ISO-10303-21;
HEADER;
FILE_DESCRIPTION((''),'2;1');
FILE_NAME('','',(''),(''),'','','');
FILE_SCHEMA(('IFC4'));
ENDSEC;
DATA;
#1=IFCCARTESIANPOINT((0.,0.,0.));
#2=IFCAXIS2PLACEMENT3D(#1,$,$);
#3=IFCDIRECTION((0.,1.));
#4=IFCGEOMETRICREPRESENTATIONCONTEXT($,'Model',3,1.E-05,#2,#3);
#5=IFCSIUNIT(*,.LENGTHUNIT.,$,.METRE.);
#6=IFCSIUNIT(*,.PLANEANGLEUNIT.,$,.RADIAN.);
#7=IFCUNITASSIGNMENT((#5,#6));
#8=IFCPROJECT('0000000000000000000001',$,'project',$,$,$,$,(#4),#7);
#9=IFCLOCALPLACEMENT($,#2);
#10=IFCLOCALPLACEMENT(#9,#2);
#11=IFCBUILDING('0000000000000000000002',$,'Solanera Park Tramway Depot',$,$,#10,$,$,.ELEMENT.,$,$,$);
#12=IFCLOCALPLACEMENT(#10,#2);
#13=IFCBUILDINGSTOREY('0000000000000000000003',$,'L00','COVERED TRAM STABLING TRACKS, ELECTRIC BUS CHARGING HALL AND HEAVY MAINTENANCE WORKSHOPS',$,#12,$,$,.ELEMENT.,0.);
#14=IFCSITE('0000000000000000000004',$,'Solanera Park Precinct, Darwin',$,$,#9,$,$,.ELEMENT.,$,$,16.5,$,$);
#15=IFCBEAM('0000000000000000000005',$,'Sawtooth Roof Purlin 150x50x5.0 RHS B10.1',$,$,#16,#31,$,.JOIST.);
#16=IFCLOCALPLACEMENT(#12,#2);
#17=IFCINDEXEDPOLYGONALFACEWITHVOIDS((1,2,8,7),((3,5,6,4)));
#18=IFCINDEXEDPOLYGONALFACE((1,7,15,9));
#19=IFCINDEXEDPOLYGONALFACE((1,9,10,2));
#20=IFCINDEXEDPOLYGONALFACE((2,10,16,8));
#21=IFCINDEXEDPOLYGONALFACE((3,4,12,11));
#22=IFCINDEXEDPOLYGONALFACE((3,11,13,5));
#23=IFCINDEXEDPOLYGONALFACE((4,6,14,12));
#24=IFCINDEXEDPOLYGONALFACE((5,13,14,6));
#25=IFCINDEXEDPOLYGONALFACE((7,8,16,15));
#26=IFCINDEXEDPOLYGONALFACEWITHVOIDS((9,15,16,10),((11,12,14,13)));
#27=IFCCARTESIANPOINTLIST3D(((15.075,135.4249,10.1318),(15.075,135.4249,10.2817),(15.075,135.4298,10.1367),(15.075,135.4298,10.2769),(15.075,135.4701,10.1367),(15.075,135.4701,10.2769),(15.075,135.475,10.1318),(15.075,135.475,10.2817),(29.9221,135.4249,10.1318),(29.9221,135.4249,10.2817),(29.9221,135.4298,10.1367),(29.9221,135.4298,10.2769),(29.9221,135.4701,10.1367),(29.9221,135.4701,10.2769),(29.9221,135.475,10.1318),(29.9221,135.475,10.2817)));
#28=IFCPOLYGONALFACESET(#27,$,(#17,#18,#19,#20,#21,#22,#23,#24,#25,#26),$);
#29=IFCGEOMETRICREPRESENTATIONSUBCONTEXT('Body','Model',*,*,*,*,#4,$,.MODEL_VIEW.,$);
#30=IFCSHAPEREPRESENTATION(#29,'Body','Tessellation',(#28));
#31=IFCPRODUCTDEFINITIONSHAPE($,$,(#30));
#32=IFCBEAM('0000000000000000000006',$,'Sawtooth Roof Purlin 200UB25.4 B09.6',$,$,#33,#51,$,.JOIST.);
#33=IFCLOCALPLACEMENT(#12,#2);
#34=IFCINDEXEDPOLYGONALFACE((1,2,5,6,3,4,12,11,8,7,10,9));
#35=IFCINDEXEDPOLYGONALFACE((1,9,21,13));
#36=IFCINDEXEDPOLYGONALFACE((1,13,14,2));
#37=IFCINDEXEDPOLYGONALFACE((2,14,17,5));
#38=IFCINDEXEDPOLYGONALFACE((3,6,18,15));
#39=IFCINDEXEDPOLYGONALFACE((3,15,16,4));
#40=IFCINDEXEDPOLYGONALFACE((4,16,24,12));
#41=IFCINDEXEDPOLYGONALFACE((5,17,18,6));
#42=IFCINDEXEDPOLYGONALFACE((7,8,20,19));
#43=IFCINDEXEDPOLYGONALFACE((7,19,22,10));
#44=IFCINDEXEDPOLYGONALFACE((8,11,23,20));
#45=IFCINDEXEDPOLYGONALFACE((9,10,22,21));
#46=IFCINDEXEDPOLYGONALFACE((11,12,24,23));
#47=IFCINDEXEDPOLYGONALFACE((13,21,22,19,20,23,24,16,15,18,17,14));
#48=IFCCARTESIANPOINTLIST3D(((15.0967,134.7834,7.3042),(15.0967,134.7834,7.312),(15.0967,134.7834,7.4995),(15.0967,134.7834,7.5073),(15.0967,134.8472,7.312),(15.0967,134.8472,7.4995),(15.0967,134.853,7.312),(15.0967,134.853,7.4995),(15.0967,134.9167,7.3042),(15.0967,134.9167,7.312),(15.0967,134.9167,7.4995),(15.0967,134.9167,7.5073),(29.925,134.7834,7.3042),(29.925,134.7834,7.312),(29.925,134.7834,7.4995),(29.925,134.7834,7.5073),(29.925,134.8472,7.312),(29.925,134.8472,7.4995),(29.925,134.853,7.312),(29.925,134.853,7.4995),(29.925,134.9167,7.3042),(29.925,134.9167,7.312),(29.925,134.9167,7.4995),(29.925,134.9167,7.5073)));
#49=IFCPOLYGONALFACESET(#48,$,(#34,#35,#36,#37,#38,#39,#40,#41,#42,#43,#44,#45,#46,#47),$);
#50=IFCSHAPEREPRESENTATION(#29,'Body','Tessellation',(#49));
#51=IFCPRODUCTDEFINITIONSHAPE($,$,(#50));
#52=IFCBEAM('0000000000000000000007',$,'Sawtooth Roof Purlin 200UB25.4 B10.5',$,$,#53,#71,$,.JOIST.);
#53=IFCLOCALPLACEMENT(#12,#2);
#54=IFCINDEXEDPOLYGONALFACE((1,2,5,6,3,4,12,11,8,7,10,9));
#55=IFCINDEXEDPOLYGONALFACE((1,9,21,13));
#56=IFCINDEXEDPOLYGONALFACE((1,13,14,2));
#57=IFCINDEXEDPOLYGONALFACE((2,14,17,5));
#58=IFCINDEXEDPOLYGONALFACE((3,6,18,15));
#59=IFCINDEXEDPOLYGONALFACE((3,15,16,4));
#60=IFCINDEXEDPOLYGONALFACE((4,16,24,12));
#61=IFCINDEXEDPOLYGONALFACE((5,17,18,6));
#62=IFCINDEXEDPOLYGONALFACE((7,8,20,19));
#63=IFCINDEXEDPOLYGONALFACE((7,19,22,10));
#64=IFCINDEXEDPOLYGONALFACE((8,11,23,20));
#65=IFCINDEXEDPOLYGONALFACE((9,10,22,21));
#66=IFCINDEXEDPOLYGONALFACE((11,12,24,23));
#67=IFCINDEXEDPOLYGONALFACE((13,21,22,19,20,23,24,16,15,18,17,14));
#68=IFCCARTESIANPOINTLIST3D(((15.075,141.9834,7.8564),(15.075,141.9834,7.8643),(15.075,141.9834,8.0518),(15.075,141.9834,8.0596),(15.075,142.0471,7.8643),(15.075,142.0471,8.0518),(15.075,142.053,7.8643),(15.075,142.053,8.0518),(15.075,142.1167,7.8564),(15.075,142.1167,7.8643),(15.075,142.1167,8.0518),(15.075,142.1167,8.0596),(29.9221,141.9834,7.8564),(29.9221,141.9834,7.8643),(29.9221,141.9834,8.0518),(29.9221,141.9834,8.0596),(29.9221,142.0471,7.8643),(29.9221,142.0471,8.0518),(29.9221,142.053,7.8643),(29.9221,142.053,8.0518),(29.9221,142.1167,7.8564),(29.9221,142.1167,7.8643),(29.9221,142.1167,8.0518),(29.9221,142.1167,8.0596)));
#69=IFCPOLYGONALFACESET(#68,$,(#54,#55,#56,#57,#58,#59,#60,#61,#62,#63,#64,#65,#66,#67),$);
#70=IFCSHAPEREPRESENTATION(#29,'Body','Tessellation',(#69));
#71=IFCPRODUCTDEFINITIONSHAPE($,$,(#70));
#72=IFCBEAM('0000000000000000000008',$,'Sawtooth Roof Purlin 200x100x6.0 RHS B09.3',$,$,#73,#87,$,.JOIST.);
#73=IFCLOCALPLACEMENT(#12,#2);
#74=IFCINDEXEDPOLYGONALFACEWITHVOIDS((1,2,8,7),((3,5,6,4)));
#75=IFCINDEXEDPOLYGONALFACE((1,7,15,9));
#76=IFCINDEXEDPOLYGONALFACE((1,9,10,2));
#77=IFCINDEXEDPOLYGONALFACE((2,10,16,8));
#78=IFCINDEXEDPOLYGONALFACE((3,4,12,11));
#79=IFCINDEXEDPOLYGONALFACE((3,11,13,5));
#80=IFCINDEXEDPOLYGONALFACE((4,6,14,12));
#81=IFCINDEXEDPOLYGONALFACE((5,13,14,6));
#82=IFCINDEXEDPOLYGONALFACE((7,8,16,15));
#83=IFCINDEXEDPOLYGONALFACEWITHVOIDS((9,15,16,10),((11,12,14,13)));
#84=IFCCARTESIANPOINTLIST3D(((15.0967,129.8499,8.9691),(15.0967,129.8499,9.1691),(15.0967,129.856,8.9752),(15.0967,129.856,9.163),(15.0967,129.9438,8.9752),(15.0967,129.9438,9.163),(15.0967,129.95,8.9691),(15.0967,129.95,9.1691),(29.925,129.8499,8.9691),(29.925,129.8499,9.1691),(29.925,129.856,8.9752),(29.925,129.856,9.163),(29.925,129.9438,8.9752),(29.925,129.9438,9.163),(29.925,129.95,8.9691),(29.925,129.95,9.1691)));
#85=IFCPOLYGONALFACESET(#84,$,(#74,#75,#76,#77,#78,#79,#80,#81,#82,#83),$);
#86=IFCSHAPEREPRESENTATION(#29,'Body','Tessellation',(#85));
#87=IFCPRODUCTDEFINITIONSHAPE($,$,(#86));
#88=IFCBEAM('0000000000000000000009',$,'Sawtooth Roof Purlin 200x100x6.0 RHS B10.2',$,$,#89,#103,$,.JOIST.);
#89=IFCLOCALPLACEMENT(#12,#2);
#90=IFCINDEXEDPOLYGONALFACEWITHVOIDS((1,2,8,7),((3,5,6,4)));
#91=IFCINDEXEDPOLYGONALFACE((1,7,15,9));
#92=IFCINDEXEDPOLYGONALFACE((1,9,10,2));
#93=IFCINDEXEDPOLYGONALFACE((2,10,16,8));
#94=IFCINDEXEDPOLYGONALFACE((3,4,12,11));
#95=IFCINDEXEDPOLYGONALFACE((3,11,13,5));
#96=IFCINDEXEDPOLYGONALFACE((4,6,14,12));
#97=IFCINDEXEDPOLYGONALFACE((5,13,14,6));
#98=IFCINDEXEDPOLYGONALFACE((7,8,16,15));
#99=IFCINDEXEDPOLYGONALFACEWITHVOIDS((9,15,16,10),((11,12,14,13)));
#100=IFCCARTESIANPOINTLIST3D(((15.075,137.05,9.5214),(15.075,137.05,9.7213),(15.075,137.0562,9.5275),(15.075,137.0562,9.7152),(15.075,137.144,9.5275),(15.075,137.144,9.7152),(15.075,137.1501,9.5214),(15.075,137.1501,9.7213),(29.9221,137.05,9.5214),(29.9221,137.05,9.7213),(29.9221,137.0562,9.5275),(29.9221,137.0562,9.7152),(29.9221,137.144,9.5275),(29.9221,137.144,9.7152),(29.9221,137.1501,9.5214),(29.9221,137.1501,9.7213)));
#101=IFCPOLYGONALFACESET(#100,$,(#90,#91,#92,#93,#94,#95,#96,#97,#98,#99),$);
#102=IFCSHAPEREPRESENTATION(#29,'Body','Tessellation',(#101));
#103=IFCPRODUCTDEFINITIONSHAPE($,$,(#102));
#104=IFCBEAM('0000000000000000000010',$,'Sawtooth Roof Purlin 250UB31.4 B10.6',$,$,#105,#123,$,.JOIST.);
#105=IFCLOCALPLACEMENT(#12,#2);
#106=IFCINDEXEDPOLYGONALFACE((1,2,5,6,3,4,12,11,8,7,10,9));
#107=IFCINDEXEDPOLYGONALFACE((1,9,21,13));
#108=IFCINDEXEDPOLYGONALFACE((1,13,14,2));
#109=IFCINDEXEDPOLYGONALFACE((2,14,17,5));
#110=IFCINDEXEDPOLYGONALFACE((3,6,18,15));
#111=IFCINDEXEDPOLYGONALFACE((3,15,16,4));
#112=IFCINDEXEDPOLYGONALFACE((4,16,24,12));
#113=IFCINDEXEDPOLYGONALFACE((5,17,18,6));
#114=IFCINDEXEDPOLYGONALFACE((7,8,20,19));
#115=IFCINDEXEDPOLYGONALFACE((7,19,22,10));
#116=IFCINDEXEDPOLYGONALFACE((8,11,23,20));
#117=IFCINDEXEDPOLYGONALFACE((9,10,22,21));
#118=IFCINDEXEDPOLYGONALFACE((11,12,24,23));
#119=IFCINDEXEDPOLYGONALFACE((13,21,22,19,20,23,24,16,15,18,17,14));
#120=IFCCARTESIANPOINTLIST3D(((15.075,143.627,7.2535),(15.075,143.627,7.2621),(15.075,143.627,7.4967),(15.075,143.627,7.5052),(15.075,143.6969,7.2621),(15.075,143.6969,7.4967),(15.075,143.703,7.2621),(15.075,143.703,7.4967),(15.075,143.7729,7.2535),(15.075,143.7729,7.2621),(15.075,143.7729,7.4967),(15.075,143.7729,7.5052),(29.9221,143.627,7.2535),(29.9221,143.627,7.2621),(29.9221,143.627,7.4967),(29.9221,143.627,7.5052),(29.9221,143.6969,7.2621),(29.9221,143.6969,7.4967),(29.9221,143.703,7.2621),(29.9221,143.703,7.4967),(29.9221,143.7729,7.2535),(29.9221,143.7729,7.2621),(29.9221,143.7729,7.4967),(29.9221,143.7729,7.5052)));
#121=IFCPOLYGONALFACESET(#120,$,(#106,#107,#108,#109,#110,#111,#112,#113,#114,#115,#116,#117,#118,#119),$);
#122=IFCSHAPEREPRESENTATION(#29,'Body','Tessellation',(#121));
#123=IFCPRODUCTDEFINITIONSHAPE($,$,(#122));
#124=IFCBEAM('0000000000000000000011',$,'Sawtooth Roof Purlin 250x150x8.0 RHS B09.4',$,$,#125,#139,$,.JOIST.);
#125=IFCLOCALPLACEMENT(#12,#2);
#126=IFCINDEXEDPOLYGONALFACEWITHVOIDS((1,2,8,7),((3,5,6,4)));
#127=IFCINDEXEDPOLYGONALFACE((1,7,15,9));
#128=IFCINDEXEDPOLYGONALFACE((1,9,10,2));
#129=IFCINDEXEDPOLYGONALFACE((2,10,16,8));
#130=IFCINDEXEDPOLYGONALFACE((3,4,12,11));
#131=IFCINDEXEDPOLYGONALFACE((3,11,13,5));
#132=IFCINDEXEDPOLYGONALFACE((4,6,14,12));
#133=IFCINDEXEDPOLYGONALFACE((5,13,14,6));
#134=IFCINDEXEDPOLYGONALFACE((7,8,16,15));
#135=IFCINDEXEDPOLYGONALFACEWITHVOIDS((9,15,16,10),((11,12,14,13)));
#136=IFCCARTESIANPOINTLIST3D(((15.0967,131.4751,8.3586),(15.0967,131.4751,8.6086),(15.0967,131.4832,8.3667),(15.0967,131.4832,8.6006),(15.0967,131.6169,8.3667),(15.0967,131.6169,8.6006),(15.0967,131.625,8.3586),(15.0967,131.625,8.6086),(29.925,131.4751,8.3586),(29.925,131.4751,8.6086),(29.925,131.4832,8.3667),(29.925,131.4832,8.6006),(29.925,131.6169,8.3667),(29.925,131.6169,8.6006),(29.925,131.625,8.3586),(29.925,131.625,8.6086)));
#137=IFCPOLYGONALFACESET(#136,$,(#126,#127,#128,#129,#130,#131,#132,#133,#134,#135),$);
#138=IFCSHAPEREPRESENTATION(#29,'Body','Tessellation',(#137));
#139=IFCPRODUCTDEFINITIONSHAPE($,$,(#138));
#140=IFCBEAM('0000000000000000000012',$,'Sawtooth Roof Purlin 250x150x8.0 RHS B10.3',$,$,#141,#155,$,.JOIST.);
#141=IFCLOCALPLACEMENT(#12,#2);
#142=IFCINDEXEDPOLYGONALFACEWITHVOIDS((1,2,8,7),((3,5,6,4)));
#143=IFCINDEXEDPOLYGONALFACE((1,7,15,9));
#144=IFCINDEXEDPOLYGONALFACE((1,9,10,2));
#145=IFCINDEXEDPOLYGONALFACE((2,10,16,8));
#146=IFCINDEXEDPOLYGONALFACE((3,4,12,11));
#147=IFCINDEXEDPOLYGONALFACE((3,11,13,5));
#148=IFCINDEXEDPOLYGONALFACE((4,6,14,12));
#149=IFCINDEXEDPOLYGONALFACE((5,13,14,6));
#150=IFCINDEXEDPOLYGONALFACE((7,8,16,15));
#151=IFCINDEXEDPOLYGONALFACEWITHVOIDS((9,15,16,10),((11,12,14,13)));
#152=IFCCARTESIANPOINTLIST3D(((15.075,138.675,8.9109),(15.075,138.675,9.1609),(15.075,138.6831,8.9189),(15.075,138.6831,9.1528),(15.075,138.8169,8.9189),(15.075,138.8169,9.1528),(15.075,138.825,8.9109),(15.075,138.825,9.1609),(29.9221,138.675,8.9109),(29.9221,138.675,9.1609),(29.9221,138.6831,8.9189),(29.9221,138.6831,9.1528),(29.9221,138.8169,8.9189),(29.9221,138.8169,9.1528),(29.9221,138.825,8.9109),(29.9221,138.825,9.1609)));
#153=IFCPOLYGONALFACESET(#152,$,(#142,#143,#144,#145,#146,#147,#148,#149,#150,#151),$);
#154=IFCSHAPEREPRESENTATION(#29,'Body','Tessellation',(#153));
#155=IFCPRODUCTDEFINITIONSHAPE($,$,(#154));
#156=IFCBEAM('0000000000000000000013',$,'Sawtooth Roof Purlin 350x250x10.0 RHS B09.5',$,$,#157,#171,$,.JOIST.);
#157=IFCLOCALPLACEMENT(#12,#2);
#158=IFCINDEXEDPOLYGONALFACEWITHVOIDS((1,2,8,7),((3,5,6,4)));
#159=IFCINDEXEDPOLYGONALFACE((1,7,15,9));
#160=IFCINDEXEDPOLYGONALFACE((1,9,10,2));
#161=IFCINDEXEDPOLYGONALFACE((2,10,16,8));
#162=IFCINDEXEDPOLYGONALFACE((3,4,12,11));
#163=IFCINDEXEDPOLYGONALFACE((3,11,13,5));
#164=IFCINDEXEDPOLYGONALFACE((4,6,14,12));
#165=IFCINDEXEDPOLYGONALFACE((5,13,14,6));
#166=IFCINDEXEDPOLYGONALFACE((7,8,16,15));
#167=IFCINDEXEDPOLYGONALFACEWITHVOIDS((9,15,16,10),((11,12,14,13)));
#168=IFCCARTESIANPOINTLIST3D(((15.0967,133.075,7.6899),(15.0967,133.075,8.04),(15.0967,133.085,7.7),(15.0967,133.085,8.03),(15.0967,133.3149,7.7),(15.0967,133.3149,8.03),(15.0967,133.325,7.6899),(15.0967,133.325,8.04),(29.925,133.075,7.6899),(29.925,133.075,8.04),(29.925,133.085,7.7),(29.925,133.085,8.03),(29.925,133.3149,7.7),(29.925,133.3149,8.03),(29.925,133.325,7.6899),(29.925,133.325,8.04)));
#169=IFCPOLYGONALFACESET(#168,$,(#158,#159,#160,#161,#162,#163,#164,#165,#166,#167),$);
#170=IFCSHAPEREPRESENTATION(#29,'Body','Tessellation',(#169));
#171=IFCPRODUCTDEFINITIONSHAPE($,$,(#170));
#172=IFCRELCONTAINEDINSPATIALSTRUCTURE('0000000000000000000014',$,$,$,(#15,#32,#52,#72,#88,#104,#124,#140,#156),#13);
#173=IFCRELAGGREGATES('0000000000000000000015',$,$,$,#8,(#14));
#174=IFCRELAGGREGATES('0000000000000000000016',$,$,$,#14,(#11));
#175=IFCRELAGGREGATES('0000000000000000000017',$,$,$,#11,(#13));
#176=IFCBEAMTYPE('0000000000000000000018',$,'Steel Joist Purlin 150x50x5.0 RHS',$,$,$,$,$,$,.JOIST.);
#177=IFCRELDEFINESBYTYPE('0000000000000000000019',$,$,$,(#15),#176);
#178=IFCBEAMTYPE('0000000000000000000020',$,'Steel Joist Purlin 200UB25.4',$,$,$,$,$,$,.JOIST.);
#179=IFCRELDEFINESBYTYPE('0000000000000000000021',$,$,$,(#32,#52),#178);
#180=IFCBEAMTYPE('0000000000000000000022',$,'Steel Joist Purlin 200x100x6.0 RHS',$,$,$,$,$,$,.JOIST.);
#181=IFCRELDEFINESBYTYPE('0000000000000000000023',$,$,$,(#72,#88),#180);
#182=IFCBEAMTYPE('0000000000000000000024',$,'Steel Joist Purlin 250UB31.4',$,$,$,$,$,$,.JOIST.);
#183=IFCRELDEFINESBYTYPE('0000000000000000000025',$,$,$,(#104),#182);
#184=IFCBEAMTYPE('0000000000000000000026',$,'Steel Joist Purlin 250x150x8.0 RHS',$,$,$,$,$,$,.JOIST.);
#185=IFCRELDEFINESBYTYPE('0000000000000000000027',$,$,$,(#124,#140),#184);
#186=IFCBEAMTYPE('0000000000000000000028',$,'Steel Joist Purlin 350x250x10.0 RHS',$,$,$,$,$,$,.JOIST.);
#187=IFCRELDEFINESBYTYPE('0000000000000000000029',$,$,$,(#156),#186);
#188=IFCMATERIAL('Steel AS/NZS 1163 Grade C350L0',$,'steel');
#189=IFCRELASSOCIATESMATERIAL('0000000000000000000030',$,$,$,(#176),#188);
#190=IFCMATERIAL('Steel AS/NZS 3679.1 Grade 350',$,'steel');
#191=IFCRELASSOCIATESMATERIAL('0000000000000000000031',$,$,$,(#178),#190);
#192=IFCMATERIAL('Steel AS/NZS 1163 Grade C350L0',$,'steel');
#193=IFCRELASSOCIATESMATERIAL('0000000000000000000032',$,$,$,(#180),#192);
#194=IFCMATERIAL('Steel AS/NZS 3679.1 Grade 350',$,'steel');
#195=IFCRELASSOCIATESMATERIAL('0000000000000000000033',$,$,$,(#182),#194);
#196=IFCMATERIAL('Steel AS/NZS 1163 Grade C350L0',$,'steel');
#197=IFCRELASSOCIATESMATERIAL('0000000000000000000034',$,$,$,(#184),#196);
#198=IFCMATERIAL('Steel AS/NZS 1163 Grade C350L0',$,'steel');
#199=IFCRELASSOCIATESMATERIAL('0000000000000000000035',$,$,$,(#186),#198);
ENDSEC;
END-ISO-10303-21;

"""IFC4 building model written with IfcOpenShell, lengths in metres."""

from ifc_helpers import new_model, si_unit, direction, frame, origin, origin_2d, place, context, subcontext, project, spatial, hollow_rectangle, i_section, extrude, material, material_profile, profile_set, type_object, element, save


model = new_model("IFC4")

# Units and contexts
model_context = context("Model", 3, precision=1e-05, world=origin(), true_north=direction((0.0, 1.0)))
body_context = subcontext(model_context, "Body", "Model", "MODEL_VIEW")
ifc_project = project(units=[si_unit("LENGTHUNIT", "METRE"), si_unit("PLANEANGLEUNIT", "RADIAN")], contexts=[model_context])

# Site, building, storey
site_placement = place(None, origin())
site = spatial("IfcSite", under=ifc_project, at=site_placement, Name="Solanera Park Precinct, Darwin", CompositionType="ELEMENT", RefElevation=16.5)
building_placement = place(site_placement, origin())
building = spatial("IfcBuilding", under=site, at=building_placement, Name="Solanera Park Tramway Depot", CompositionType="ELEMENT")
storey_placement = place(building_placement, origin())
storey = spatial("IfcBuildingStorey", under=building, at=storey_placement, Name="L00", Description="COVERED TRAM STABLING TRACKS, ELECTRIC BUS CHARGING HALL AND HEAVY MAINTENANCE WORKSHOPS", CompositionType="ELEMENT", Elevation=0.0)

# Beams
ifc_material_1 = material(Name="Steel AS/NZS 1163 Grade C350L0", Category="steel")
ifc_material_profile_1 = material_profile(ifc_material_1, hollow_rectangle(XDim=0.05, YDim=0.1499, WallThickness=0.0049, at=origin_2d()), Name="150x50x5.0 RHS")
ifc_profile_set_1 = profile_set([ifc_material_profile_1], Name="Steel AS/NZS 1163 Grade C350L0")
beam_type_1 = type_object("IfcBeamType", Name="Steel Joist Purlin 150x50x5.0 RHS", PredefinedType="JOIST", material=ifc_profile_set_1)
beam_1_placement = place(storey_placement, frame((15.075, 135.45, 10.2068), z_axis=(1.0, 0.0, 0.0), x_axis=(0.0, 1.0, 0.0)))
element("IfcBeam", 1, at=beam_1_placement, inside=storey, type_object=beam_type_1, Name="Sawtooth Roof Purlin 150x50x5.0 RHS B10.1", PredefinedType="JOIST", context=body_context, shape_type="SweptSolid", body=[
    extrude(hollow_rectangle(XDim=0.05, YDim=0.1499, WallThickness=0.0049, at=origin_2d()), origin(), (0.0, 0.0, 1.0), 14.8472),
])
ifc_material_2 = material(Name="Steel AS/NZS 3679.1 Grade 350", Category="steel")
ifc_material_profile_2 = material_profile(ifc_material_2, i_section(OverallWidth=0.1333, OverallDepth=0.2031, WebThickness=0.0059, FlangeThickness=0.0078, at=origin_2d()), Name="200UB25.4")
ifc_profile_set_2 = profile_set([ifc_material_profile_2], Name="Steel AS/NZS 3679.1 Grade 350")
beam_type_2 = type_object("IfcBeamType", Name="Steel Joist Purlin 200UB25.4", PredefinedType="JOIST", material=ifc_profile_set_2)
beam_2_placement = place(storey_placement, frame((15.0967, 134.8501, 7.4058), z_axis=(1.0, 0.0, 0.0), x_axis=(0.0, 1.0, 0.0)))
element("IfcBeam", 2, at=beam_2_placement, inside=storey, type_object=beam_type_2, Name="Sawtooth Roof Purlin 200UB25.4 B09.6", PredefinedType="JOIST", context=body_context, shape_type="SweptSolid", body=[
    extrude(i_section(OverallWidth=0.1333, OverallDepth=0.2031, WebThickness=0.0059, FlangeThickness=0.0078, at=origin_2d()), origin(), (0.0, 0.0, 1.0), 14.8284),
])
beam_3_placement = place(storey_placement, frame((15.075, 142.05, 7.958), z_axis=(1.0, 0.0, 0.0), x_axis=(0.0, 1.0, 0.0)))
element("IfcBeam", 3, at=beam_3_placement, inside=storey, type_object=beam_type_2, Name="Sawtooth Roof Purlin 200UB25.4 B10.5", PredefinedType="JOIST", context=body_context, shape_type="SweptSolid", body=[
    extrude(i_section(OverallWidth=0.1333, OverallDepth=0.2031, WebThickness=0.0059, FlangeThickness=0.0078, at=origin_2d()), origin(), (0.0, 0.0, 1.0), 14.8472),
])
ifc_material_3 = material(Name="Steel AS/NZS 1163 Grade C350L0", Category="steel")
ifc_material_profile_3 = material_profile(ifc_material_3, hollow_rectangle(XDim=0.1001, YDim=0.2, WallThickness=0.0061, at=origin_2d()), Name="200x100x6.0 RHS")
ifc_profile_set_3 = profile_set([ifc_material_profile_3], Name="Steel AS/NZS 1163 Grade C350L0")
beam_type_3 = type_object("IfcBeamType", Name="Steel Joist Purlin 200x100x6.0 RHS", PredefinedType="JOIST", material=ifc_profile_set_3)
beam_4_placement = place(storey_placement, frame((15.0967, 129.8999, 9.0691), z_axis=(1.0, 0.0, 0.0), x_axis=(0.0, 1.0, 0.0)))
element("IfcBeam", 4, at=beam_4_placement, inside=storey, type_object=beam_type_3, Name="Sawtooth Roof Purlin 200x100x6.0 RHS B09.3", PredefinedType="JOIST", context=body_context, shape_type="SweptSolid", body=[
    extrude(hollow_rectangle(XDim=0.1001, YDim=0.2, WallThickness=0.0061, at=origin_2d()), origin(), (0.0, 0.0, 1.0), 14.8284),
])
beam_5_placement = place(storey_placement, frame((15.075, 137.1001, 9.6213), z_axis=(1.0, 0.0, 0.0), x_axis=(0.0, 1.0, 0.0)))
element("IfcBeam", 5, at=beam_5_placement, inside=storey, type_object=beam_type_3, Name="Sawtooth Roof Purlin 200x100x6.0 RHS B10.2", PredefinedType="JOIST", context=body_context, shape_type="SweptSolid", body=[
    extrude(hollow_rectangle(XDim=0.1001, YDim=0.2, WallThickness=0.0061, at=origin_2d()), origin(), (0.0, 0.0, 1.0), 14.8472),
])
ifc_material_4 = material(Name="Steel AS/NZS 3679.1 Grade 350", Category="steel")
ifc_material_profile_4 = material_profile(ifc_material_4, i_section(OverallWidth=0.146, OverallDepth=0.2517, WebThickness=0.0061, FlangeThickness=0.0085, at=origin_2d()), Name="250UB31.4")
ifc_profile_set_4 = profile_set([ifc_material_profile_4], Name="Steel AS/NZS 3679.1 Grade 350")
beam_type_4 = type_object("IfcBeamType", Name="Steel Joist Purlin 250UB31.4", PredefinedType="JOIST", material=ifc_profile_set_4)
beam_6_placement = place(storey_placement, frame((15.075, 143.7, 7.3794), z_axis=(1.0, 0.0, 0.0), x_axis=(0.0, 1.0, 0.0)))
element("IfcBeam", 6, at=beam_6_placement, inside=storey, type_object=beam_type_4, Name="Sawtooth Roof Purlin 250UB31.4 B10.6", PredefinedType="JOIST", context=body_context, shape_type="SweptSolid", body=[
    extrude(i_section(OverallWidth=0.146, OverallDepth=0.2517, WebThickness=0.0061, FlangeThickness=0.0085, at=origin_2d()), origin(), (0.0, 0.0, 1.0), 14.8472),
])
ifc_material_5 = material(Name="Steel AS/NZS 1163 Grade C350L0", Category="steel")
ifc_material_profile_5 = material_profile(ifc_material_5, hollow_rectangle(XDim=0.1499, YDim=0.25, WallThickness=0.0081, at=origin_2d()), Name="250x150x8.0 RHS")
ifc_profile_set_5 = profile_set([ifc_material_profile_5], Name="Steel AS/NZS 1163 Grade C350L0")
beam_type_5 = type_object("IfcBeamType", Name="Steel Joist Purlin 250x150x8.0 RHS", PredefinedType="JOIST", material=ifc_profile_set_5)
beam_7_placement = place(storey_placement, frame((15.0967, 131.55, 8.4836), z_axis=(1.0, 0.0, 0.0), x_axis=(0.0, 1.0, 0.0)))
element("IfcBeam", 7, at=beam_7_placement, inside=storey, type_object=beam_type_5, Name="Sawtooth Roof Purlin 250x150x8.0 RHS B09.4", PredefinedType="JOIST", context=body_context, shape_type="SweptSolid", body=[
    extrude(hollow_rectangle(XDim=0.1499, YDim=0.25, WallThickness=0.0081, at=origin_2d()), origin(), (0.0, 0.0, 1.0), 14.8284),
])
beam_8_placement = place(storey_placement, frame((15.075, 138.75, 9.0359), z_axis=(1.0, 0.0, 0.0), x_axis=(0.0, 1.0, 0.0)))
element("IfcBeam", 8, at=beam_8_placement, inside=storey, type_object=beam_type_5, Name="Sawtooth Roof Purlin 250x150x8.0 RHS B10.3", PredefinedType="JOIST", context=body_context, shape_type="SweptSolid", body=[
    extrude(hollow_rectangle(XDim=0.1499, YDim=0.25, WallThickness=0.0081, at=origin_2d()), origin(), (0.0, 0.0, 1.0), 14.8472),
])
ifc_material_6 = material(Name="Steel AS/NZS 1163 Grade C350L0", Category="steel")
ifc_material_profile_6 = material_profile(ifc_material_6, hollow_rectangle(XDim=0.25, YDim=0.3501, WallThickness=0.01, at=origin_2d()), Name="350x250x10.0 RHS")
ifc_profile_set_6 = profile_set([ifc_material_profile_6], Name="Steel AS/NZS 1163 Grade C350L0")
beam_type_6 = type_object("IfcBeamType", Name="Steel Joist Purlin 350x250x10.0 RHS", PredefinedType="JOIST", material=ifc_profile_set_6)
beam_9_placement = place(storey_placement, frame((15.0967, 133.2, 7.865), z_axis=(1.0, 0.0, 0.0), x_axis=(0.0, 1.0, 0.0)))
element("IfcBeam", 9, at=beam_9_placement, inside=storey, type_object=beam_type_6, Name="Sawtooth Roof Purlin 350x250x10.0 RHS B09.5", PredefinedType="JOIST", context=body_context, shape_type="SweptSolid", body=[
    extrude(hollow_rectangle(XDim=0.25, YDim=0.3501, WallThickness=0.01, at=origin_2d()), origin(), (0.0, 0.0, 1.0), 14.8284),
])

save(model, "model.ifc")
